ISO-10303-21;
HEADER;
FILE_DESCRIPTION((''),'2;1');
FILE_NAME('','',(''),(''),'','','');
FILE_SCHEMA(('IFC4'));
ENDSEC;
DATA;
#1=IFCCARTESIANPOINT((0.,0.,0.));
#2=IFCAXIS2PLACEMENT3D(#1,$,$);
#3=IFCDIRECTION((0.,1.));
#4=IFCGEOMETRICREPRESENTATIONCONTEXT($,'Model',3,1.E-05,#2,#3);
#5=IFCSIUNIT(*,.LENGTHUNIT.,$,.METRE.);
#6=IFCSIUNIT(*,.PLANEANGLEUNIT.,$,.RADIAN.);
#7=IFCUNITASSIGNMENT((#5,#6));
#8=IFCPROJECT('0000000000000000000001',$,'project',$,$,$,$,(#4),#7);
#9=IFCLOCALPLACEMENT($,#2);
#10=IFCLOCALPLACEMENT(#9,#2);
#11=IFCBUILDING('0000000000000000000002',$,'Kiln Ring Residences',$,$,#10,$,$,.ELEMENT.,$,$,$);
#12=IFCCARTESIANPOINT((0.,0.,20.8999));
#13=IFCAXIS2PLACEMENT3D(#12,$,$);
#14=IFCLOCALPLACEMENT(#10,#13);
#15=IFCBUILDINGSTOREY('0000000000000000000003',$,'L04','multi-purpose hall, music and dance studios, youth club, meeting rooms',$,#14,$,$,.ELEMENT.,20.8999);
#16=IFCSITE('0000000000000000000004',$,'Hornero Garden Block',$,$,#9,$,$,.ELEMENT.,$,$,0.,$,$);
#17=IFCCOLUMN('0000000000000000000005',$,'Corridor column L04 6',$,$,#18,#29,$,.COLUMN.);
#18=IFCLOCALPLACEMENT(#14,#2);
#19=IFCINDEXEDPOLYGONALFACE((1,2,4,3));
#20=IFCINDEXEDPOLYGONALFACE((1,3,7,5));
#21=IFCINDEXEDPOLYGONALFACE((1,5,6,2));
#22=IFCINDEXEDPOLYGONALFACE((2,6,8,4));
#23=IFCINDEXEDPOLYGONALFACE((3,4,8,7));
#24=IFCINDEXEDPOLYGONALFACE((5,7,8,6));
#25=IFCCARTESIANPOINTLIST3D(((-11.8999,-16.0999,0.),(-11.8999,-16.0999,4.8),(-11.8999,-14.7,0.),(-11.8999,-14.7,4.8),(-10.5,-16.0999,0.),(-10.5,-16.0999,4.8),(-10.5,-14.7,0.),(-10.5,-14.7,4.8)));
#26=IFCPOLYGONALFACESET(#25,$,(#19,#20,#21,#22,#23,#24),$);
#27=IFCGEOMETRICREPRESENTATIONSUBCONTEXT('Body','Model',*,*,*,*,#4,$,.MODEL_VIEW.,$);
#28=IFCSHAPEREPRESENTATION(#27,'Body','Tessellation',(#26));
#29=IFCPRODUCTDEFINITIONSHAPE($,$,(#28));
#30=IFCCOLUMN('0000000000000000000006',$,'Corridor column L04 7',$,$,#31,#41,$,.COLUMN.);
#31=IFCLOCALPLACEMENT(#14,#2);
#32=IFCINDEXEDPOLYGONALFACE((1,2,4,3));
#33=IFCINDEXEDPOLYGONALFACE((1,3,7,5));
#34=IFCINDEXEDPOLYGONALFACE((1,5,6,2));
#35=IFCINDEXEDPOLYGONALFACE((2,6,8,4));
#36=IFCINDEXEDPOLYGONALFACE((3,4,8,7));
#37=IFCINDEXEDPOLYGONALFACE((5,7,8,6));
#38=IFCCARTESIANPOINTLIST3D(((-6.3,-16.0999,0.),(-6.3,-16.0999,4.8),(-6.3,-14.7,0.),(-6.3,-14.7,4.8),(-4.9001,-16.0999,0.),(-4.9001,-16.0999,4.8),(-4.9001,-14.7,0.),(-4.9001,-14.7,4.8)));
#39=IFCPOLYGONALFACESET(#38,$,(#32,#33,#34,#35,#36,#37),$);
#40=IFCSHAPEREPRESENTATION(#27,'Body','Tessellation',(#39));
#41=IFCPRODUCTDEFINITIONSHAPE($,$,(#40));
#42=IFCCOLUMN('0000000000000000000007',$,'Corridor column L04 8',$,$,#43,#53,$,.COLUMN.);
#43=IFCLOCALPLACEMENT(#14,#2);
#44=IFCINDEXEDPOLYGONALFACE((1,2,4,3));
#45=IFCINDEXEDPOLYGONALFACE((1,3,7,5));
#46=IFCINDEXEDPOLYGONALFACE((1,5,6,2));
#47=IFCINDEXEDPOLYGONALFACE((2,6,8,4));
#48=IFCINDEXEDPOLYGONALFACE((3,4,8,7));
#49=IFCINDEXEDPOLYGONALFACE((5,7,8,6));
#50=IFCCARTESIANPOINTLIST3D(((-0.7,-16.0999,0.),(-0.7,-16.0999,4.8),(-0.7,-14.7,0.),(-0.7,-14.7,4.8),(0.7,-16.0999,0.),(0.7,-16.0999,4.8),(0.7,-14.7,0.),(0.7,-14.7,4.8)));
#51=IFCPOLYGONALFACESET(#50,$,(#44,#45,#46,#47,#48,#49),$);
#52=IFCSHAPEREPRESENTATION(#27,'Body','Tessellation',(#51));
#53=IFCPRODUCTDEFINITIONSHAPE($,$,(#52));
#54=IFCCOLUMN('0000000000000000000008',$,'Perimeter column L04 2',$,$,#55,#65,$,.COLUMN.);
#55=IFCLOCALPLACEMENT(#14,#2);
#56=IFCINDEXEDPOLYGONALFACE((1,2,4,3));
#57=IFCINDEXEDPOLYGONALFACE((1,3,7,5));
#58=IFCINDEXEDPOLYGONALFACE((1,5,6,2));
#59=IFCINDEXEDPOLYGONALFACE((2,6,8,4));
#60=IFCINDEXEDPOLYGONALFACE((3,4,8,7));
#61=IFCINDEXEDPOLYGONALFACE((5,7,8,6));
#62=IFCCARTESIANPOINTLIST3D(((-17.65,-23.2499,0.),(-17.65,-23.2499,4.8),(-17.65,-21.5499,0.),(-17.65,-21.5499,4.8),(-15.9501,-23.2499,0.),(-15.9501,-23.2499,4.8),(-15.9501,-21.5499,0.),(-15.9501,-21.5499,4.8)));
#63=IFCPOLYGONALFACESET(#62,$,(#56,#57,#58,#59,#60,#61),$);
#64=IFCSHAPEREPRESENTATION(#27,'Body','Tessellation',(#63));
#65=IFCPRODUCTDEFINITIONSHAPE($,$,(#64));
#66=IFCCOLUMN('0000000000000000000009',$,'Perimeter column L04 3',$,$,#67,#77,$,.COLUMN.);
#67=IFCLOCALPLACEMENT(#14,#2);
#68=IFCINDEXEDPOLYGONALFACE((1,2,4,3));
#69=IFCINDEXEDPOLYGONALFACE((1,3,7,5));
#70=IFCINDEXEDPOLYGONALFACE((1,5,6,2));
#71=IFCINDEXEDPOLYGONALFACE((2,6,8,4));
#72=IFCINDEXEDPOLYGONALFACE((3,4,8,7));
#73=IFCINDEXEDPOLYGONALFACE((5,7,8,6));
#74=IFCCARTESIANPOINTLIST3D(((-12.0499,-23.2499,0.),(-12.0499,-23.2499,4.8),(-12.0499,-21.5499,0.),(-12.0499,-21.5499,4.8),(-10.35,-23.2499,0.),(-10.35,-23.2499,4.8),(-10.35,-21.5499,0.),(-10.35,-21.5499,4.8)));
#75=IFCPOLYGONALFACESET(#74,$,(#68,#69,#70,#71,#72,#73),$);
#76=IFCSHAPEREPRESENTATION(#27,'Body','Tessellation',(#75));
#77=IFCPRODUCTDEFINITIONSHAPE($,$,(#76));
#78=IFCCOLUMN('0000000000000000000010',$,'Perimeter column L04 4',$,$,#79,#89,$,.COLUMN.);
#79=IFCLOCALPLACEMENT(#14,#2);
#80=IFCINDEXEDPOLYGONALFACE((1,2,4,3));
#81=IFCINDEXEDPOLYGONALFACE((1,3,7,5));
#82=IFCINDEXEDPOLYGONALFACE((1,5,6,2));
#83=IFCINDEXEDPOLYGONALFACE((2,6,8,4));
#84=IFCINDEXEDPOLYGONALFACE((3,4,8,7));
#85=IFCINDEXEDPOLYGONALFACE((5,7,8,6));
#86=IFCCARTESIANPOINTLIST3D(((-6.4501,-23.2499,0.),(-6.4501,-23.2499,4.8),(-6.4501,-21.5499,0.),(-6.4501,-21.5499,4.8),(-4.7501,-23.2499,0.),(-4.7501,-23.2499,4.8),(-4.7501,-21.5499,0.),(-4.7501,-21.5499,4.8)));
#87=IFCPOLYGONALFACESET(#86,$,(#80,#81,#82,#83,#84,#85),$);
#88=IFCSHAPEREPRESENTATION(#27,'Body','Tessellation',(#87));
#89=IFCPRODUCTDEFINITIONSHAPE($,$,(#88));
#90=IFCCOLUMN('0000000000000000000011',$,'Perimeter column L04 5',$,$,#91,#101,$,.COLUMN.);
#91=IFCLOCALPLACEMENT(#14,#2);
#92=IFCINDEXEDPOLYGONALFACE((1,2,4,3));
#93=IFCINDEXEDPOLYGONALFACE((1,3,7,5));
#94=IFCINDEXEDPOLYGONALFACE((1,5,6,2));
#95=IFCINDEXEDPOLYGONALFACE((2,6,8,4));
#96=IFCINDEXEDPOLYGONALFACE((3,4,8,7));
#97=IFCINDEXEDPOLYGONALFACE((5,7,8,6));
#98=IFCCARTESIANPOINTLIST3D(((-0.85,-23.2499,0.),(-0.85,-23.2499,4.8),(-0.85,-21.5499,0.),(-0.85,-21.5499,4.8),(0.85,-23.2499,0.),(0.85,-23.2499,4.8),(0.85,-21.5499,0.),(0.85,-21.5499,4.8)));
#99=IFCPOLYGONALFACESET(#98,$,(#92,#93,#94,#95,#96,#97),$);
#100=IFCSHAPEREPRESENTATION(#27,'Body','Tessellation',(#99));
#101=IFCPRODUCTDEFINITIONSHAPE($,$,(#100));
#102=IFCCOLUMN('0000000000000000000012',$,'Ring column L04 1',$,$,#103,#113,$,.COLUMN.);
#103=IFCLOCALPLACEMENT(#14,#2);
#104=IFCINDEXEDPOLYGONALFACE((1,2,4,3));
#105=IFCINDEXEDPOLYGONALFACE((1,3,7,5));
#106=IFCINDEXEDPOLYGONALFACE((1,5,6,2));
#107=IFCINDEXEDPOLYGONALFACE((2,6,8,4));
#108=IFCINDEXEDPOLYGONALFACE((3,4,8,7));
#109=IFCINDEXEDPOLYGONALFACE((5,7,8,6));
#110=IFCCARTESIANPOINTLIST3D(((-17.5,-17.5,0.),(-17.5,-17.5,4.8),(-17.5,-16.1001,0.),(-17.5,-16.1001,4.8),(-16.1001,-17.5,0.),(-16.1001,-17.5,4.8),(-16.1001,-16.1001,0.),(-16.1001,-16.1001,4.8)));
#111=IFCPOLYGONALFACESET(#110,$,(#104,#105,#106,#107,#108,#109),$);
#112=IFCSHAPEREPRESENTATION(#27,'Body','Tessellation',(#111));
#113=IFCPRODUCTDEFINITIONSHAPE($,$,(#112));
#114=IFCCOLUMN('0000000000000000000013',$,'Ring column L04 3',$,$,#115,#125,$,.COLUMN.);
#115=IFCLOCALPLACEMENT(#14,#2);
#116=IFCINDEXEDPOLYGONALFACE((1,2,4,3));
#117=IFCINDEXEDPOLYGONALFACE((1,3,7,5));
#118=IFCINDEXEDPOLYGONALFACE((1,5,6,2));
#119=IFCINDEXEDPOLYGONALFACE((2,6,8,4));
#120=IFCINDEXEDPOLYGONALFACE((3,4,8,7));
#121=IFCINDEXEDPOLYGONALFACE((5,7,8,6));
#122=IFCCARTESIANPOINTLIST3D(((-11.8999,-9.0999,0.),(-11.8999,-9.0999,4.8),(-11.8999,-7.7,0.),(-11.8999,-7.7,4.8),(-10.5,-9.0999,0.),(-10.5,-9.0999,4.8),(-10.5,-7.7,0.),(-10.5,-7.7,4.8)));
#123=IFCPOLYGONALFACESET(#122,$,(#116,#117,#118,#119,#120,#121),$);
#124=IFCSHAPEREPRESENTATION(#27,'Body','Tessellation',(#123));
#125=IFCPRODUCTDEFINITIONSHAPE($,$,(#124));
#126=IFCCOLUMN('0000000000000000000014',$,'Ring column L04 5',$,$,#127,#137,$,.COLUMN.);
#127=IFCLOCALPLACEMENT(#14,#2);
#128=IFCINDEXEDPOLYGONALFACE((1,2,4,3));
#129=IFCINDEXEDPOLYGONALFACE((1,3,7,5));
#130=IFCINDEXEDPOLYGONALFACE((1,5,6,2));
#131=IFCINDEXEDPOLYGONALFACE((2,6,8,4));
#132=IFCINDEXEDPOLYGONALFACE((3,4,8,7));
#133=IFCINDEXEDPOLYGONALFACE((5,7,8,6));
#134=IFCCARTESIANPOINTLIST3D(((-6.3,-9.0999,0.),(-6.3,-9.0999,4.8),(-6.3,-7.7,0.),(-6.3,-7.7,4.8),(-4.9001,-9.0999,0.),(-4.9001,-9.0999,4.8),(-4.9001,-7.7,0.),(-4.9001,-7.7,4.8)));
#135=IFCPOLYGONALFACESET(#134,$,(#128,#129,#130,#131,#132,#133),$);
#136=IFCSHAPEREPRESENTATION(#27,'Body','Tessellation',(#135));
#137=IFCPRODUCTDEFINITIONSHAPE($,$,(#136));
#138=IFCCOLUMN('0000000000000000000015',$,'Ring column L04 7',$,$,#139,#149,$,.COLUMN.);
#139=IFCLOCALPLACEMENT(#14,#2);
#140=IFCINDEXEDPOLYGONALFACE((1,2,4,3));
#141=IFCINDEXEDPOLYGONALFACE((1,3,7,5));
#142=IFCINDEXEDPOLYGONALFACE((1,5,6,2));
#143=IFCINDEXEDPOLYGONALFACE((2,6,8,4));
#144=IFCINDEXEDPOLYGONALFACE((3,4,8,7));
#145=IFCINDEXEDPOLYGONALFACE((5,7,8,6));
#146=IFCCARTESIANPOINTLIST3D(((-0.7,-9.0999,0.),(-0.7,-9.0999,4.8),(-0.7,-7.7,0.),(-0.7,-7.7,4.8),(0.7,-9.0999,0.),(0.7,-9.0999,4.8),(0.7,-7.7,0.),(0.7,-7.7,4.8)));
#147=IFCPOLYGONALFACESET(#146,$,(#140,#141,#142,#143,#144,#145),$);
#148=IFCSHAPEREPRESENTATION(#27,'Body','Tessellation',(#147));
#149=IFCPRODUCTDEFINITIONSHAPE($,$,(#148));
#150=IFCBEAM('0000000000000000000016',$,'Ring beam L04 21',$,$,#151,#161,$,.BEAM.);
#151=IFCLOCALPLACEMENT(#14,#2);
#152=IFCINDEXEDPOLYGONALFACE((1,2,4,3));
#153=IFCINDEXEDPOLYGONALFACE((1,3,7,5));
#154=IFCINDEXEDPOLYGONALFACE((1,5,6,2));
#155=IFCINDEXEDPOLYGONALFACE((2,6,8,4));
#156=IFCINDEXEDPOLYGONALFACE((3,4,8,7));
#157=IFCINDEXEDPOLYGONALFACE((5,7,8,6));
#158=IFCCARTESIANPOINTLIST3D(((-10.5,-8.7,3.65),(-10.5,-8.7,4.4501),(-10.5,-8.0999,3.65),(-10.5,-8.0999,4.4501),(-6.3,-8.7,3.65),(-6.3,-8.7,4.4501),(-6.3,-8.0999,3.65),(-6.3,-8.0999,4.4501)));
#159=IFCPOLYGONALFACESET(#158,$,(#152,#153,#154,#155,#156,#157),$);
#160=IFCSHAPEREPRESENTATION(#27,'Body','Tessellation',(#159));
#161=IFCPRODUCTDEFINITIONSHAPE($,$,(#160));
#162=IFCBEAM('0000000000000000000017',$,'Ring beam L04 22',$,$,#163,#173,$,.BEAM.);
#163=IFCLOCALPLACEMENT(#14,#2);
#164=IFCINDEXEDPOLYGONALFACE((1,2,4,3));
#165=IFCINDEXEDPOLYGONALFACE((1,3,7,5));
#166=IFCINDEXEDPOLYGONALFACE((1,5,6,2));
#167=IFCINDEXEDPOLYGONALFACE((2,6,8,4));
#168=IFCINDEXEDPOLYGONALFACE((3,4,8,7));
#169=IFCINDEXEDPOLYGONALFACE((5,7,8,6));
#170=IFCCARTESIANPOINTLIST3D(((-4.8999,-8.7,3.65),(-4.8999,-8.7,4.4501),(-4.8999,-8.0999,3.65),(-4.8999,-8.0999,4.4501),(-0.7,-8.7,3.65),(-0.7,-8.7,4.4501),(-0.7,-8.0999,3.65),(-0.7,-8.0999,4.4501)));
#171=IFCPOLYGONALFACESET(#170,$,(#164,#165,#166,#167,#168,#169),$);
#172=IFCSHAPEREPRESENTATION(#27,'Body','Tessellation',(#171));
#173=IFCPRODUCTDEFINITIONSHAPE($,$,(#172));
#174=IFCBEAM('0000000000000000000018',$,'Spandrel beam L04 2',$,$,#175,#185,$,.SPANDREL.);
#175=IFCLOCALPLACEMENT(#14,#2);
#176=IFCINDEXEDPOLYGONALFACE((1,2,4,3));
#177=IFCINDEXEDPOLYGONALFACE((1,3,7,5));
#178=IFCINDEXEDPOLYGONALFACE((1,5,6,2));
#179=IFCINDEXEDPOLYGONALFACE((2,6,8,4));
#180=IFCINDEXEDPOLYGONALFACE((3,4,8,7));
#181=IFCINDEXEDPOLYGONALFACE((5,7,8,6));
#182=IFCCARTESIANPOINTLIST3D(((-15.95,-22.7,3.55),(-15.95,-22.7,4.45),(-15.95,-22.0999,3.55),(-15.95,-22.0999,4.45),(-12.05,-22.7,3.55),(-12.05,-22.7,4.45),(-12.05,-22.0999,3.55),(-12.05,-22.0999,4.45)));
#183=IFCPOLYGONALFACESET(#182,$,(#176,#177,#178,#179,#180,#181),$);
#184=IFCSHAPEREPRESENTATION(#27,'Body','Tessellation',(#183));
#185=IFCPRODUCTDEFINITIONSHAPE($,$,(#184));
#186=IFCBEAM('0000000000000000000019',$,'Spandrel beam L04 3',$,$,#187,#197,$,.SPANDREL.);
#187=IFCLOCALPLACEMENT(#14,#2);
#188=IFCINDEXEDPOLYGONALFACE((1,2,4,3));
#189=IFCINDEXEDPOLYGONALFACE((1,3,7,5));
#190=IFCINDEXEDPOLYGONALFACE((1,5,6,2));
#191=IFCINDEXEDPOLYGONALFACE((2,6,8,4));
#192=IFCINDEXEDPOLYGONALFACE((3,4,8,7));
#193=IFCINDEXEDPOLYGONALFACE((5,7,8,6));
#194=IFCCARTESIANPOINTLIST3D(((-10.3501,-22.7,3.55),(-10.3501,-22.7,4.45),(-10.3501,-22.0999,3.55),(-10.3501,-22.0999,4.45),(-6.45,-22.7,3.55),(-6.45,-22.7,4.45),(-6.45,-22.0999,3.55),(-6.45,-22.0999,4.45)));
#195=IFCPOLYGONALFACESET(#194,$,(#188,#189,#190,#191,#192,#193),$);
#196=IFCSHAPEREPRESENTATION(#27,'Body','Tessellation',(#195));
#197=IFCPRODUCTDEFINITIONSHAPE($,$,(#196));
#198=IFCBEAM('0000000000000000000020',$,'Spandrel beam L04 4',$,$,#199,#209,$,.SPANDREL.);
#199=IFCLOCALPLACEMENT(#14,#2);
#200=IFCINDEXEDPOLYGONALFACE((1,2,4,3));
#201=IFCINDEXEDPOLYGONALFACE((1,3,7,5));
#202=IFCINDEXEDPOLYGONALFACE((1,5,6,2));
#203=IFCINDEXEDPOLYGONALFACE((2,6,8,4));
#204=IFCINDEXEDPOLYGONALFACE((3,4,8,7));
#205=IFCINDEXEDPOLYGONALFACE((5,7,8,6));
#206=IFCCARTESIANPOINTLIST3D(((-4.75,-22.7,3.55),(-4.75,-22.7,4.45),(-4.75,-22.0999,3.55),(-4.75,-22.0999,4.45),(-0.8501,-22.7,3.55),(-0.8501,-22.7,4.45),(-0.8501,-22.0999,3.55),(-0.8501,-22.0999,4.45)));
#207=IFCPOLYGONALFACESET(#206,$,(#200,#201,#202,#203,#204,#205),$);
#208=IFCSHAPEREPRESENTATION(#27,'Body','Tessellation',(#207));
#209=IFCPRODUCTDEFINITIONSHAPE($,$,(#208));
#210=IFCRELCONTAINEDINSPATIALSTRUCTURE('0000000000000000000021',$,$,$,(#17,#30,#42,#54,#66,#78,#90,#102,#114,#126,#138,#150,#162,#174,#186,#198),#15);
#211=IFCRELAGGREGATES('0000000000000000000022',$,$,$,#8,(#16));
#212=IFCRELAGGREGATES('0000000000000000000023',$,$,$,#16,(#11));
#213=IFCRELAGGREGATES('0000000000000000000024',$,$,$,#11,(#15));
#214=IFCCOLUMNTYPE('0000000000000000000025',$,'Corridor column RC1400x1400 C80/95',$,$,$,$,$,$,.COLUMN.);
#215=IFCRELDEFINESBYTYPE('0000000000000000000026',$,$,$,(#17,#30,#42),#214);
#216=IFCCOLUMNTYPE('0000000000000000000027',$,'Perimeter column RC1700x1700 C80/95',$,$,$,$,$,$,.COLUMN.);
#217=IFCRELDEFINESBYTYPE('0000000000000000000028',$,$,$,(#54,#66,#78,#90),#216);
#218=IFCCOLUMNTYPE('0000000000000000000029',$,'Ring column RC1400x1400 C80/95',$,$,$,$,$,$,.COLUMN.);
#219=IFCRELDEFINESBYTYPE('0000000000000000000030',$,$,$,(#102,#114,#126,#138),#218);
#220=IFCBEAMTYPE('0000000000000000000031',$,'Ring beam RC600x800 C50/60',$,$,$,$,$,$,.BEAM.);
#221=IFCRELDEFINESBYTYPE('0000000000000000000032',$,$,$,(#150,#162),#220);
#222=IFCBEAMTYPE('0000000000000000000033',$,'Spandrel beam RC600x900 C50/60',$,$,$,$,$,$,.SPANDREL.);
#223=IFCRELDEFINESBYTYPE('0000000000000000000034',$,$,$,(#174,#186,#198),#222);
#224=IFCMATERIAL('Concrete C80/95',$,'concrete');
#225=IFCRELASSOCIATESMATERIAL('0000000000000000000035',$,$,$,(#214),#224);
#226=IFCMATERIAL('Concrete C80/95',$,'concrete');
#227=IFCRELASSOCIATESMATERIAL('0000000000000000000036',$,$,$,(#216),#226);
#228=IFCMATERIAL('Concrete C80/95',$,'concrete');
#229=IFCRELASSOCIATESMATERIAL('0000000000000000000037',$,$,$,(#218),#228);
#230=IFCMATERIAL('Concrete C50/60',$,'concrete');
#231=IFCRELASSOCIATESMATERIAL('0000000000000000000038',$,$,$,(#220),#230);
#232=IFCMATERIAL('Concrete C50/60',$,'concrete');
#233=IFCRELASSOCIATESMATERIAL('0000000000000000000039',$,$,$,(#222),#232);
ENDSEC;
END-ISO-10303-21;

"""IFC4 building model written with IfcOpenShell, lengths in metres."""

from ifc_helpers import new_model, si_unit, direction, frame, origin, origin_2d, place, context, subcontext, project, spatial, rectangle, extrude, material, material_profile, profile_set, type_object, element, save


model = new_model("IFC4")

# Units and contexts
model_context = context("Model", 3, precision=1e-05, world=origin(), true_north=direction((0.0, 1.0)))
body_context = subcontext(model_context, "Body", "Model", "MODEL_VIEW")
ifc_project = project(units=[si_unit("LENGTHUNIT", "METRE"), si_unit("PLANEANGLEUNIT", "RADIAN")], contexts=[model_context])

# Site, building, storey
site_placement = place(None, origin())
site = spatial("IfcSite", under=ifc_project, at=site_placement, Name="Hornero Garden Block", CompositionType="ELEMENT", RefElevation=0.0)
building_placement = place(site_placement, origin())
building = spatial("IfcBuilding", under=site, at=building_placement, Name="Kiln Ring Residences", CompositionType="ELEMENT")
storey_placement = place(building_placement, frame((0.0, 0.0, 20.8999)))
storey = spatial("IfcBuildingStorey", under=building, at=storey_placement, Name="L04", Description="multi-purpose hall, music and dance studios, youth club, meeting rooms", CompositionType="ELEMENT", Elevation=20.8999)

# Columns
ifc_material_1 = material(Name="Concrete C80/95", Category="concrete")
ifc_material_profile_1 = material_profile(ifc_material_1, rectangle(XDim=1.3999, YDim=1.3999, at=origin_2d()), Name="RC1400x1400")
ifc_profile_set_1 = profile_set([ifc_material_profile_1], Name="Concrete C80/95")
column_type_1 = type_object("IfcColumnType", Name="Corridor column RC1400x1400 C80/95", PredefinedType="COLUMN", material=ifc_profile_set_1)
for number, where, z_axis, x_axis, name in (
    (1, (-11.2, -15.3999, 0.0), (0.0, 0.0, 1.0), (1.0, 0.0, 0.0), "Corridor column L04 6"),
    (2, (-5.6001, -15.3999, 0.0), (0.0, 0.0, 1.0), (1.0, 0.0, 0.0), "Corridor column L04 7"),
    (3, (0.0, -15.3999, 0.0), (0.0, 0.0, 1.0), (1.0, 0.0, 0.0), "Corridor column L04 8"),
):
    element("IfcColumn", number, at=place(storey_placement, frame(where, z_axis=z_axis, x_axis=x_axis)), inside=storey, type_object=column_type_1, Name=name, PredefinedType="COLUMN", context=body_context, shape_type="SweptSolid", body=[
        extrude(rectangle(XDim=1.3999, YDim=1.3999, at=origin_2d()), origin(), (0.0, 0.0, 1.0), 4.8),
    ])
ifc_material_2 = material(Name="Concrete C80/95", Category="concrete")
ifc_material_profile_2 = material_profile(ifc_material_2, rectangle(XDim=1.7, YDim=1.7, at=origin_2d()), Name="RC1700x1700")
ifc_profile_set_2 = profile_set([ifc_material_profile_2], Name="Concrete C80/95")
column_type_2 = type_object("IfcColumnType", Name="Perimeter column RC1700x1700 C80/95", PredefinedType="COLUMN", material=ifc_profile_set_2)
for number, where, z_axis, x_axis, name in (
    (4, (-16.8, -22.3999, 0.0), (0.0, 0.0, 1.0), (1.0, 0.0, 0.0), "Perimeter column L04 2"),
    (5, (-11.2, -22.3999, 0.0), (0.0, 0.0, 1.0), (1.0, 0.0, 0.0), "Perimeter column L04 3"),
    (6, (-5.6001, -22.3999, 0.0), (0.0, 0.0, 1.0), (1.0, 0.0, 0.0), "Perimeter column L04 4"),
    (7, (0.0, -22.3999, 0.0), (0.0, 0.0, 1.0), (1.0, 0.0, 0.0), "Perimeter column L04 5"),
):
    element("IfcColumn", number, at=place(storey_placement, frame(where, z_axis=z_axis, x_axis=x_axis)), inside=storey, type_object=column_type_2, Name=name, PredefinedType="COLUMN", context=body_context, shape_type="SweptSolid", body=[
        extrude(rectangle(XDim=1.7, YDim=1.7, at=origin_2d()), origin(), (0.0, 0.0, 1.0), 4.8),
    ])
ifc_material_3 = material(Name="Concrete C80/95", Category="concrete")
ifc_material_profile_3 = material_profile(ifc_material_3, rectangle(XDim=1.3999, YDim=1.3999, at=origin_2d()), Name="RC1400x1400")
ifc_profile_set_3 = profile_set([ifc_material_profile_3], Name="Concrete C80/95")
column_type_3 = type_object("IfcColumnType", Name="Ring column RC1400x1400 C80/95", PredefinedType="COLUMN", material=ifc_profile_set_3)
for number, where, z_axis, x_axis, name in (
    (8, (-16.8, -16.8, 0.0), (0.0, 0.0, 1.0), (1.0, 0.0, 0.0), "Ring column L04 1"),
    (9, (-11.2, -8.3999, 0.0), (0.0, 0.0, 1.0), (1.0, 0.0, 0.0), "Ring column L04 3"),
    (10, (-5.6001, -8.3999, 0.0), (0.0, 0.0, 1.0), (1.0, 0.0, 0.0), "Ring column L04 5"),
    (11, (0.0, -8.3999, 0.0), (0.0, 0.0, 1.0), (1.0, 0.0, 0.0), "Ring column L04 7"),
):
    element("IfcColumn", number, at=place(storey_placement, frame(where, z_axis=z_axis, x_axis=x_axis)), inside=storey, type_object=column_type_3, Name=name, PredefinedType="COLUMN", context=body_context, shape_type="SweptSolid", body=[
        extrude(rectangle(XDim=1.3999, YDim=1.3999, at=origin_2d()), origin(), (0.0, 0.0, 1.0), 4.8),
    ])

# Beams
ifc_material_4 = material(Name="Concrete C50/60", Category="concrete")
ifc_material_profile_4 = material_profile(ifc_material_4, rectangle(XDim=0.6001, YDim=0.8, at=origin_2d()), Name="RC600x800")
ifc_profile_set_4 = profile_set([ifc_material_profile_4], Name="Concrete C50/60")
beam_type_1 = type_object("IfcBeamType", Name="Ring beam RC600x800 C50/60", PredefinedType="BEAM", material=ifc_profile_set_4)
for number, where, z_axis, x_axis, name in (
    (12, (-10.5, -8.3999, 4.05), (1.0, 0.0, 0.0), (0.0, 1.0, 0.0), "Ring beam L04 21"),
    (13, (-4.8999, -8.3999, 4.05), (1.0, 0.0, 0.0), (0.0, 1.0, 0.0), "Ring beam L04 22"),
):
    element("IfcBeam", number, at=place(storey_placement, frame(where, z_axis=z_axis, x_axis=x_axis)), inside=storey, type_object=beam_type_1, Name=name, PredefinedType="BEAM", context=body_context, shape_type="SweptSolid", body=[
        extrude(rectangle(XDim=0.6001, YDim=0.8, at=origin_2d()), origin(), (0.0, 0.0, 1.0), 4.2),
    ])
ifc_material_5 = material(Name="Concrete C50/60", Category="concrete")
ifc_material_profile_5 = material_profile(ifc_material_5, rectangle(XDim=0.6001, YDim=0.8999, at=origin_2d()), Name="RC600x900")
ifc_profile_set_5 = profile_set([ifc_material_profile_5], Name="Concrete C50/60")
beam_type_2 = type_object("IfcBeamType", Name="Spandrel beam RC600x900 C50/60", PredefinedType="SPANDREL", material=ifc_profile_set_5)
beam_1_placement = place(storey_placement, frame((-15.95, -22.3999, 4.0), z_axis=(1.0, 0.0, 0.0), x_axis=(0.0, 1.0, 0.0)))
element("IfcBeam", 14, at=beam_1_placement, inside=storey, type_object=beam_type_2, Name="Spandrel beam L04 2", PredefinedType="SPANDREL", context=body_context, shape_type="SweptSolid", body=[
    extrude(rectangle(XDim=0.6001, YDim=0.8999, at=origin_2d()), origin(), (0.0, 0.0, 1.0), 3.8999),
])
beam_2_placement = place(storey_placement, frame((-10.3501, -22.3999, 4.0), z_axis=(1.0, 0.0, 0.0), x_axis=(0.0, 1.0, 0.0)))
element("IfcBeam", 15, at=beam_2_placement, inside=storey, type_object=beam_type_2, Name="Spandrel beam L04 3", PredefinedType="SPANDREL", context=body_context, shape_type="SweptSolid", body=[
    extrude(rectangle(XDim=0.6001, YDim=0.8999, at=origin_2d()), origin(), (0.0, 0.0, 1.0), 3.9001),
])
beam_3_placement = place(storey_placement, frame((-4.75, -22.3999, 4.0), z_axis=(1.0, 0.0, 0.0), x_axis=(0.0, 1.0, 0.0)))
element("IfcBeam", 16, at=beam_3_placement, inside=storey, type_object=beam_type_2, Name="Spandrel beam L04 4", PredefinedType="SPANDREL", context=body_context, shape_type="SweptSolid", body=[
    extrude(rectangle(XDim=0.6001, YDim=0.8999, at=origin_2d()), origin(), (0.0, 0.0, 1.0), 3.8999),
])

save(model, "model.ifc")
